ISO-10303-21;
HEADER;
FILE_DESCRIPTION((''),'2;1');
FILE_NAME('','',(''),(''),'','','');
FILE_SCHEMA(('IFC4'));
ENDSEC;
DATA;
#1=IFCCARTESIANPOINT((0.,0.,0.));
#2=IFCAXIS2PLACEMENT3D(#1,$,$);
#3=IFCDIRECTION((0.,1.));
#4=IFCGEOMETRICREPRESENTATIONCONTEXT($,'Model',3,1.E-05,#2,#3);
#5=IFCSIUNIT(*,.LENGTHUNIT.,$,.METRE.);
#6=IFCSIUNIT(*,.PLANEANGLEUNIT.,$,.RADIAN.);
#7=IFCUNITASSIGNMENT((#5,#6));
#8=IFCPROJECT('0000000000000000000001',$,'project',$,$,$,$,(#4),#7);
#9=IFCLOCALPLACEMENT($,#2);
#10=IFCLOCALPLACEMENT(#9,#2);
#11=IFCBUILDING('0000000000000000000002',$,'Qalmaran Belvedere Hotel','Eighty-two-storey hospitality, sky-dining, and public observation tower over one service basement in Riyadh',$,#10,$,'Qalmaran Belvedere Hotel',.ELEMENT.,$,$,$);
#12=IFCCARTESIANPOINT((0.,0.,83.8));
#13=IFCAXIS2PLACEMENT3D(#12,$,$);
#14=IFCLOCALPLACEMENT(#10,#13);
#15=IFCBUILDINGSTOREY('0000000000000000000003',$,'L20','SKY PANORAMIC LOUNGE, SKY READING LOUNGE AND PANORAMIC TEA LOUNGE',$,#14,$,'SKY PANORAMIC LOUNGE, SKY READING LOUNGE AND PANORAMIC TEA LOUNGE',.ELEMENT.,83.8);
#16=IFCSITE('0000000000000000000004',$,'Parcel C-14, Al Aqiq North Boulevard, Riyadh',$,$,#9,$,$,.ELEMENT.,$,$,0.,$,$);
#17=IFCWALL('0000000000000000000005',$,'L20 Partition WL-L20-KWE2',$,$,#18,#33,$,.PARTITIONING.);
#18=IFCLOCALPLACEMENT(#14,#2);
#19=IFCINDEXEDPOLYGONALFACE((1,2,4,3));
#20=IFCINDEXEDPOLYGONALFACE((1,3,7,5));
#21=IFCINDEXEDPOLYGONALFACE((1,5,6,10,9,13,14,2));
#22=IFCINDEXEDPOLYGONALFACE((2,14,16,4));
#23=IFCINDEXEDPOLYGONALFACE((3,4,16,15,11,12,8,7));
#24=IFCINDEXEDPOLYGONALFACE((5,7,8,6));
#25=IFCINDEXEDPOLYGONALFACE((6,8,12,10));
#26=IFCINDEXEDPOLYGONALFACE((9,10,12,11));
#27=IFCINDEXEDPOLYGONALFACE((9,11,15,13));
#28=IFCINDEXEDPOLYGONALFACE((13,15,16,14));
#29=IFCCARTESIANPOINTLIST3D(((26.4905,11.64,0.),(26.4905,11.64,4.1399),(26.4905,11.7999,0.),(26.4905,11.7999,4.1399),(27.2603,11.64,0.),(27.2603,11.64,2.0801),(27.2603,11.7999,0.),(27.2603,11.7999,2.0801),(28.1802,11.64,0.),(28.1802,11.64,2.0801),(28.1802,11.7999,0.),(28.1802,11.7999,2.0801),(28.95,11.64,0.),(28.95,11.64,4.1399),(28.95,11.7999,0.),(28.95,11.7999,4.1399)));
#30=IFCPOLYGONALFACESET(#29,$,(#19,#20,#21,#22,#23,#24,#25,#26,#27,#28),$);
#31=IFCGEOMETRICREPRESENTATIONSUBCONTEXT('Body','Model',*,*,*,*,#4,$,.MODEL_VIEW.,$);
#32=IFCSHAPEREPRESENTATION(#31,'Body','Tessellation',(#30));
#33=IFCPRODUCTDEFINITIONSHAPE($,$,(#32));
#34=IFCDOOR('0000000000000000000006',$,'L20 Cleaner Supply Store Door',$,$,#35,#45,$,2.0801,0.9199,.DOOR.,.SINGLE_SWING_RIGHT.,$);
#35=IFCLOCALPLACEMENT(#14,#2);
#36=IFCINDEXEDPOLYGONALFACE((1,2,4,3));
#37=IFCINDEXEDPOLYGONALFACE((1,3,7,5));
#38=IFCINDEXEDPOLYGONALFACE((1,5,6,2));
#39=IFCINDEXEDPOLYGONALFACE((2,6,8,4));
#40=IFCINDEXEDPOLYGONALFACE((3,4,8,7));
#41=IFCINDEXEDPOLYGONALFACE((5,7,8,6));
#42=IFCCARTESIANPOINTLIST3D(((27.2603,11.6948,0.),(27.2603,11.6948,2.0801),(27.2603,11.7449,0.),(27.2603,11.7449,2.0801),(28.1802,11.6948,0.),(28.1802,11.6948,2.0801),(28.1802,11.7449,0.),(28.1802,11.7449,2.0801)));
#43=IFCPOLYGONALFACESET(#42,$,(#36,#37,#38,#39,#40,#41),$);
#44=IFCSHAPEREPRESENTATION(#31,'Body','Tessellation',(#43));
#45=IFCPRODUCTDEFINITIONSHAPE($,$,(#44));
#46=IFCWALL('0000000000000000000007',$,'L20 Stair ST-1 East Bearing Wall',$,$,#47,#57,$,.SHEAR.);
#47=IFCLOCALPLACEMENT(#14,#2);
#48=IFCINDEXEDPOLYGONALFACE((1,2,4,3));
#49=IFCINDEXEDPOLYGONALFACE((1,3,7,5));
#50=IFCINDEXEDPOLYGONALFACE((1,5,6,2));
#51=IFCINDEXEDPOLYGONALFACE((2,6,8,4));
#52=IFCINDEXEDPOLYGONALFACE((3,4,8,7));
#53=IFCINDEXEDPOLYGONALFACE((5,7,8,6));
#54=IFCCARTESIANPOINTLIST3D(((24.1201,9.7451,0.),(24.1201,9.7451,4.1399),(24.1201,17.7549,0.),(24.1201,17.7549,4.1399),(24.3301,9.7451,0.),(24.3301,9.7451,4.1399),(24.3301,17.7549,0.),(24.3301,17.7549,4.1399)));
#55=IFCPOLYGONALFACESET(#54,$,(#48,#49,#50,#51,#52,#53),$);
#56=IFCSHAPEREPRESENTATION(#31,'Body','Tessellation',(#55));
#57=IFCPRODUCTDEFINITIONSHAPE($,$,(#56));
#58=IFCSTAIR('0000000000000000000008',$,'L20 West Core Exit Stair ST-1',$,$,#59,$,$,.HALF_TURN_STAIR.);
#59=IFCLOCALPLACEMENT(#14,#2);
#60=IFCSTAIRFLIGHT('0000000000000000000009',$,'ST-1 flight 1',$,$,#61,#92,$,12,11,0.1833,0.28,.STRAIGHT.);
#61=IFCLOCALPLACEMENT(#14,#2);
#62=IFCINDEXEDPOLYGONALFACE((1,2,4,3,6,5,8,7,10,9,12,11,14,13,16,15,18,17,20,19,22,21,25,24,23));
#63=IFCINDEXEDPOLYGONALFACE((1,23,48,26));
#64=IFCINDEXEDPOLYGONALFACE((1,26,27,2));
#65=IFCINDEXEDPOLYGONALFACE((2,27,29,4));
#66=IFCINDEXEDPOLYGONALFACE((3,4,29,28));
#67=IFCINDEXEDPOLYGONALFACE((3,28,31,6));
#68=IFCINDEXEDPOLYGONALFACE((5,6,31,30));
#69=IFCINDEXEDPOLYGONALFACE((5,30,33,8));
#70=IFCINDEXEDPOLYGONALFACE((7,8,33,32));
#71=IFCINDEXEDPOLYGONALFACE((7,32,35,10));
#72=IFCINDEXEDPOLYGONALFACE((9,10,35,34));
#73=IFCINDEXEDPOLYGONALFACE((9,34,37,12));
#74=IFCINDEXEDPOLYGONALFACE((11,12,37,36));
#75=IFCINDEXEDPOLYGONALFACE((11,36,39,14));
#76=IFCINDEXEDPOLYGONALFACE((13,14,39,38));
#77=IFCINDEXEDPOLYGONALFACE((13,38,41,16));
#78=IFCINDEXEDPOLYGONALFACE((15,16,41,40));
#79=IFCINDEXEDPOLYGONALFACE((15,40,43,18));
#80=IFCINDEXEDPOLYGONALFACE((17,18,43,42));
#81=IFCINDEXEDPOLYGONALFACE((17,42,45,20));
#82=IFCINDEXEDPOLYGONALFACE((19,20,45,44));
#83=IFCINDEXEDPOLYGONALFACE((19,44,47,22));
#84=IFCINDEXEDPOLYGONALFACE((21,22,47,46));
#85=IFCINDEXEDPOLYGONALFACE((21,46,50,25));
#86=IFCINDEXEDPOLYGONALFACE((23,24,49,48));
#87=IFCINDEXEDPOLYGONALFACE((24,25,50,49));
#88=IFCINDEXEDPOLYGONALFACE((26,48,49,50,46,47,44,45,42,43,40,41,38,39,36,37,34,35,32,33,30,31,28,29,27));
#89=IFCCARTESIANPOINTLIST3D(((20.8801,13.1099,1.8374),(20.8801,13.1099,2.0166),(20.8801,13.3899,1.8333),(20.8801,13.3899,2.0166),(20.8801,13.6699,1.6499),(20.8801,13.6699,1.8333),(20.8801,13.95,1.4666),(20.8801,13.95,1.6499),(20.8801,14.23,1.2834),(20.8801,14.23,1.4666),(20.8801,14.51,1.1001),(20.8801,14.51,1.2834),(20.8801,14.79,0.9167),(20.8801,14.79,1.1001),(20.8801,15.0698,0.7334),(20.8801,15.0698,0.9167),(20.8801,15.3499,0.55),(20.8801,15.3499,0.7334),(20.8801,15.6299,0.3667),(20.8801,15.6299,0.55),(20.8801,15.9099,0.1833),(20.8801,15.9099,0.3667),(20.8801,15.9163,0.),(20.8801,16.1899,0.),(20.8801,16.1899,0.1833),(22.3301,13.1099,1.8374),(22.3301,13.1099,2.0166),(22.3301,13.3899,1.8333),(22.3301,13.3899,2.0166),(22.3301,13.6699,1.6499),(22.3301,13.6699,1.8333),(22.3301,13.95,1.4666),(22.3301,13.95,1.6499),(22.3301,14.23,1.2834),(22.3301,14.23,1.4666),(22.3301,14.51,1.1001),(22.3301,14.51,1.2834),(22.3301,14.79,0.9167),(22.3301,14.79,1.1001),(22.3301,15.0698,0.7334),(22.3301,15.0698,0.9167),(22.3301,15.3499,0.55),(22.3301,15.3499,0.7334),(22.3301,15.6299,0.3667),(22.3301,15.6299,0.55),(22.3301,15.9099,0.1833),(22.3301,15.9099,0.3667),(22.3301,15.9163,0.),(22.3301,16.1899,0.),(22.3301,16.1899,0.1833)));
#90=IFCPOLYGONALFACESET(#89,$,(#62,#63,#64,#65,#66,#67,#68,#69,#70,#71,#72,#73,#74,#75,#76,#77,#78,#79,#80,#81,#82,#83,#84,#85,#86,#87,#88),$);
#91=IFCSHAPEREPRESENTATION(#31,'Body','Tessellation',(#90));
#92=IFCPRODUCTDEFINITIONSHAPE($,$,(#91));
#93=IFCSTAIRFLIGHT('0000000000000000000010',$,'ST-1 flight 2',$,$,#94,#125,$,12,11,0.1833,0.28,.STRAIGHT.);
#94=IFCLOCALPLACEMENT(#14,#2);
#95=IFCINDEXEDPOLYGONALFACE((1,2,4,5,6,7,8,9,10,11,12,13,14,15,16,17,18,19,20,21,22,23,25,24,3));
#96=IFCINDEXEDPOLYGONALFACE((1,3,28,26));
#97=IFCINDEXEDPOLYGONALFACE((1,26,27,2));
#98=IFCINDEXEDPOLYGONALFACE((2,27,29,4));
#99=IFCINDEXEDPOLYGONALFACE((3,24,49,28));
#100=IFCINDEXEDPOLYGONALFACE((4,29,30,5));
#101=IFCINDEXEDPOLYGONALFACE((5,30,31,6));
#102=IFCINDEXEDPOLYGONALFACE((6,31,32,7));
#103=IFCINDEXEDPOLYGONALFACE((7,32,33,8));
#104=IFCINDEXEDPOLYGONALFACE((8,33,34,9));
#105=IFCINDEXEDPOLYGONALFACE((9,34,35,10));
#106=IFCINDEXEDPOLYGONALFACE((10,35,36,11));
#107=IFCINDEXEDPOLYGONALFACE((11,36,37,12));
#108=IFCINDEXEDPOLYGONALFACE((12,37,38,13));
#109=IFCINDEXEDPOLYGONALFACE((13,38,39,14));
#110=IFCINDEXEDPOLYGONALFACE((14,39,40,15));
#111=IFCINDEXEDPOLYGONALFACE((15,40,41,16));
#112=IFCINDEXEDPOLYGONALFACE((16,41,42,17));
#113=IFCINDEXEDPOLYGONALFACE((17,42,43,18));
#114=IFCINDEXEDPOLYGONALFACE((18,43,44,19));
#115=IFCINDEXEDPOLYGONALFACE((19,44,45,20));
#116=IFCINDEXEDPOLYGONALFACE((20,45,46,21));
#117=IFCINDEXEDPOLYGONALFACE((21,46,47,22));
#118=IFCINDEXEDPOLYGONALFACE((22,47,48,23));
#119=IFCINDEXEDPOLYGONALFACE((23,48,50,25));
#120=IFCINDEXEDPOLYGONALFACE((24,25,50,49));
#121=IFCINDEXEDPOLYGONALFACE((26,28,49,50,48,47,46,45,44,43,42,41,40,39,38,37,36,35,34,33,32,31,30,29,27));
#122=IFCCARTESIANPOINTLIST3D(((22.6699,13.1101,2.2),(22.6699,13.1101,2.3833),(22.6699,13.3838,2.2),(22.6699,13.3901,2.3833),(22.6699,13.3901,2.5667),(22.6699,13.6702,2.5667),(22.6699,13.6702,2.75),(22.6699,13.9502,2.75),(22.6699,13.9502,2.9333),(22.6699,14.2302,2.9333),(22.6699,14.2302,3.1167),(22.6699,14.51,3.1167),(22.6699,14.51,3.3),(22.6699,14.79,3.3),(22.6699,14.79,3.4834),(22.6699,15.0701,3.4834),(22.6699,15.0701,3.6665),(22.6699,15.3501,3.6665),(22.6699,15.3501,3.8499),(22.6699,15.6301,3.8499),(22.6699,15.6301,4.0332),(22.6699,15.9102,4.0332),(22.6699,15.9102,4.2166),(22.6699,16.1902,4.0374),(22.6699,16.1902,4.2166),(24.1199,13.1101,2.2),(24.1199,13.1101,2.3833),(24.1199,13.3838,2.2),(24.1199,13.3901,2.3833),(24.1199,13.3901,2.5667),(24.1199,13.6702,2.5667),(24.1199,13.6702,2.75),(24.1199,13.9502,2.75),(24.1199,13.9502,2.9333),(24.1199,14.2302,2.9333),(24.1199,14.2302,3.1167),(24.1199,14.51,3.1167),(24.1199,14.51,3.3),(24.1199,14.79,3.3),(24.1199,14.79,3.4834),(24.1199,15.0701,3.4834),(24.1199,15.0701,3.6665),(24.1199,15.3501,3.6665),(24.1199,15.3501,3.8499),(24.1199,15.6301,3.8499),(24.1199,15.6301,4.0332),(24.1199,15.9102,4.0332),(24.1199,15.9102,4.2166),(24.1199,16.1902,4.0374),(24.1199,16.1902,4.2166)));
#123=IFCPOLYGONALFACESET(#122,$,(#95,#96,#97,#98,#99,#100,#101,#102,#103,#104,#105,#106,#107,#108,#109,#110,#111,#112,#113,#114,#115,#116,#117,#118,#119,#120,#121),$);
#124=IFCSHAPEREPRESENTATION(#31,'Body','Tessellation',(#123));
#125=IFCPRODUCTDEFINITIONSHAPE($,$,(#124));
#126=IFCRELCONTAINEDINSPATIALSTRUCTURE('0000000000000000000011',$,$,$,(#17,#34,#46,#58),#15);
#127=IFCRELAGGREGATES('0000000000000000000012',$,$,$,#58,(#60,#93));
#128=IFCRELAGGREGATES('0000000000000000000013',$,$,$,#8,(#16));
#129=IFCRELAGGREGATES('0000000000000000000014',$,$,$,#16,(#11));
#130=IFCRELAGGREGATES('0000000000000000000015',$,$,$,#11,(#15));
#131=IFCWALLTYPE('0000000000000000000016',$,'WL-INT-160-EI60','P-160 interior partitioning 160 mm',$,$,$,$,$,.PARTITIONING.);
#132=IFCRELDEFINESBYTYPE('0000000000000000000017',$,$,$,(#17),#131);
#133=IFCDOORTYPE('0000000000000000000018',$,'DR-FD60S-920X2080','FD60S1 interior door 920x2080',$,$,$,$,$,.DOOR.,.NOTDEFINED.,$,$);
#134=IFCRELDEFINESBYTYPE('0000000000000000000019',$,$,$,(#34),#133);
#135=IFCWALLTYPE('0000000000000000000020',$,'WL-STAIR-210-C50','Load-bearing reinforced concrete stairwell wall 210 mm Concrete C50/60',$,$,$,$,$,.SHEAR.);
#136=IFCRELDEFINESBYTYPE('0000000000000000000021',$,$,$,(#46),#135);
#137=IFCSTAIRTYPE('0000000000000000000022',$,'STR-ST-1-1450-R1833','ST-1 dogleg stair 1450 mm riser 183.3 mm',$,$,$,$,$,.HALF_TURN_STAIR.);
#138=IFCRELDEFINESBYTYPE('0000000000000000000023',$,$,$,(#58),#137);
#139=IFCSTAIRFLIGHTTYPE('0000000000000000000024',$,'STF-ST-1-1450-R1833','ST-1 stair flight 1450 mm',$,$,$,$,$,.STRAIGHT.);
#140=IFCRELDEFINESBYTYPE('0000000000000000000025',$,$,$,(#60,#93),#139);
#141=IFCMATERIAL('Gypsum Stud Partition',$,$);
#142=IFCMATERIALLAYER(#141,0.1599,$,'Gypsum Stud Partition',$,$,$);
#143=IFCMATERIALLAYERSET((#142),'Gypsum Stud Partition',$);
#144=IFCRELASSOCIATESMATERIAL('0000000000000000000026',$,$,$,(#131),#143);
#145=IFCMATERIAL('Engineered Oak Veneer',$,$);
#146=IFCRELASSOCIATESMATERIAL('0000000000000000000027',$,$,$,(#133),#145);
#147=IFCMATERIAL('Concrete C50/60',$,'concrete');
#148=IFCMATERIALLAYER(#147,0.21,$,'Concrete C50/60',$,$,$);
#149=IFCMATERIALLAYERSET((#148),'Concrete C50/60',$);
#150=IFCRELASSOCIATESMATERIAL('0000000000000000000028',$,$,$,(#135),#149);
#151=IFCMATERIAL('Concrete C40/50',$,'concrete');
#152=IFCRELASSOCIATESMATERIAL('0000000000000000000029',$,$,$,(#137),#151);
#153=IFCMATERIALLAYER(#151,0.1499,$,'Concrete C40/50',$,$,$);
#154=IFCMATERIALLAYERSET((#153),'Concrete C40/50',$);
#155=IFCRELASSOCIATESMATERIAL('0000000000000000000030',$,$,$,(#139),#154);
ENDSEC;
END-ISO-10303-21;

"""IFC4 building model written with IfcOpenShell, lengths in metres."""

from ifc_helpers import new_model, si_unit, direction, frame, frame_2d, origin, place, context, subcontext, project, spatial, polyline, rectangle, outline, extrude, material, layer, layer_set, type_object, element, fill, aggregate, save


model = new_model("IFC4")

# Units and contexts
model_context = context("Model", 3, precision=1e-05, world=origin(), true_north=direction((0.0, 1.0)))
body_context = subcontext(model_context, "Body", "Model", "MODEL_VIEW")
ifc_project = project(units=[si_unit("LENGTHUNIT", "METRE"), si_unit("PLANEANGLEUNIT", "RADIAN")], contexts=[model_context])

# Site, building, storey
site_placement = place(None, origin())
site = spatial("IfcSite", under=ifc_project, at=site_placement, Name="Parcel C-14, Al Aqiq North Boulevard, Riyadh", CompositionType="ELEMENT", RefElevation=0.0)
building_placement = place(site_placement, origin())
building = spatial("IfcBuilding", under=site, at=building_placement, Name="Qalmaran Belvedere Hotel", Description="Eighty-two-storey hospitality, sky-dining, and public observation tower over one service basement in Riyadh", LongName="Qalmaran Belvedere Hotel", CompositionType="ELEMENT")
storey_placement = place(building_placement, frame((0.0, 0.0, 83.8)))
storey = spatial("IfcBuildingStorey", under=building, at=storey_placement, Name="L20", Description="SKY PANORAMIC LOUNGE, SKY READING LOUNGE AND PANORAMIC TEA LOUNGE", LongName="SKY PANORAMIC LOUNGE, SKY READING LOUNGE AND PANORAMIC TEA LOUNGE", CompositionType="ELEMENT", Elevation=83.8)

# Shared definitions
ifc_material_1 = material(Name="Gypsum Stud Partition")

# Wall, opening, door
ifc_layer_1 = layer(ifc_material_1, 0.1599, Name="Gypsum Stud Partition")
ifc_layer_set_1 = layer_set([ifc_layer_1], Name="Gypsum Stud Partition")
wall_type_1 = type_object("IfcWallType", Name="WL-INT-160-EI60", Description="P-160 interior partitioning 160 mm", PredefinedType="PARTITIONING", material=ifc_layer_set_1)
ifc_material_2 = material(Name="Engineered Oak Veneer")
door_type_1 = type_object("IfcDoorType", Name="DR-FD60S-920X2080", Description="FD60S1 interior door 920x2080", OperationType="NOTDEFINED", PredefinedType="DOOR", material=ifc_material_2)
wall_1_placement = place(storey_placement, frame((26.4905, 11.72, 0.0), z_axis=(0.0, 0.0, 1.0), x_axis=(1.0, 0.0, 0.0)))
wall_1 = element("IfcWall", 1, at=wall_1_placement, inside=storey, type_object=wall_type_1, Name="L20 Partition WL-L20-KWE2", PredefinedType="PARTITIONING", context=body_context, shape_type="SweptSolid", body=[
    extrude(rectangle(XDim=2.4595, YDim=0.1599, at=frame_2d((1.2297, 0.0))), origin(), (0.0, 0.0, 1.0), 4.1399),
])
opening_1_placement = place(wall_1_placement, frame((0.7698, 0.0, 0.0)))
opening_1 = element("IfcOpeningElement", 2, at=opening_1_placement, cuts=wall_1, PredefinedType="OPENING", context=body_context, shape_type="SweptSolid", body=[
    extrude(rectangle(XDim=0.9199, YDim=2.0801, at=frame_2d((0.46, 1.04))), frame((0.0, 0.0898, 0.0), z_axis=(0.0, -1.0, 0.0), x_axis=(1.0, 0.0, 0.0)), (0.0, 0.0, 1.0), 0.1799),
])
door_1_placement = place(opening_1_placement, origin())
door_1 = element("IfcDoor", 3, at=door_1_placement, inside=storey, type_object=door_type_1, Name="L20 Cleaner Supply Store Door", OperationType="SINGLE_SWING_RIGHT", OverallHeight=2.0801, OverallWidth=0.9199, PredefinedType="DOOR", context=body_context, shape_type="SweptSolid", body=[
    extrude(rectangle(XDim=0.9199, YDim=2.0801, at=frame_2d((0.46, 1.04))), frame((0.0, 0.0249, 0.0), z_axis=(0.0, -1.0, 0.0), x_axis=(1.0, 0.0, 0.0)), (0.0, 0.0, 1.0), 0.05),
])
fill(opening_1, door_1)

# Wall
ifc_material_3 = material(Name="Concrete C50/60", Category="concrete")
ifc_layer_2 = layer(ifc_material_3, 0.21, Name="Concrete C50/60")
ifc_layer_set_2 = layer_set([ifc_layer_2], Name="Concrete C50/60")
wall_type_2 = type_object("IfcWallType", Name="WL-STAIR-210-C50", Description="Load-bearing reinforced concrete stairwell wall 210 mm Concrete C50/60", PredefinedType="SHEAR", material=ifc_layer_set_2)
wall_2_placement = place(storey_placement, frame((24.2251, 9.7451, 0.0), z_axis=(0.0, 0.0, 1.0), x_axis=(0.0, 1.0, 0.0)))
element("IfcWall", 4, at=wall_2_placement, inside=storey, type_object=wall_type_2, Name="L20 Stair ST-1 East Bearing Wall", PredefinedType="SHEAR", context=body_context, shape_type="SweptSolid", body=[
    extrude(rectangle(XDim=8.0098, YDim=0.21, at=frame_2d((4.0049, 0.0))), origin(), (0.0, 0.0, 1.0), 4.1399),
])

# Stair, stair flights
ifc_material_4 = material(Name="Concrete C40/50", Category="concrete")
stair_type = type_object("IfcStairType", Name="STR-ST-1-1450-R1833", Description="ST-1 dogleg stair 1450 mm riser 183.3 mm", PredefinedType="HALF_TURN_STAIR", material=ifc_material_4)
stair_placement = place(storey_placement, origin())
stair = element("IfcStair", 5, at=stair_placement, inside=storey, type_object=stair_type, Name="L20 West Core Exit Stair ST-1", PredefinedType="HALF_TURN_STAIR")
ifc_layer_3 = layer(ifc_material_4, 0.1499, Name="Concrete C40/50")
ifc_layer_set_3 = layer_set([ifc_layer_3], Name="Concrete C40/50")
stair_flight_type = type_object("IfcStairFlightType", Name="STF-ST-1-1450-R1833", Description="ST-1 stair flight 1450 mm", PredefinedType="STRAIGHT", material=ifc_layer_set_3)
stair_flight_1_placement = place(storey_placement, frame((21.605, 16.1899, 0.0), z_axis=(0.0, 0.0, 1.0), x_axis=(0.0, -1.0, 0.0)))
stair_flight_1 = element("IfcStairFlight", 6, at=stair_flight_1_placement, type_object=stair_flight_type, Name="ST-1 flight 1", NumberOfRisers=12, NumberOfTreads=11, PredefinedType="STRAIGHT", RiserHeight=0.1833, TreadLength=0.28, context=body_context, shape_type="SweptSolid", body=[
    extrude(outline(polyline([(0.0, 0.0), (0.0, 0.1833), (0.28, 0.1833), (0.28, 0.3667), (0.5601, 0.3667), (0.5601, 0.55), (0.8401, 0.55), (0.8401, 0.7334), (1.1201, 0.7334), (1.1201, 0.9167), (1.3999, 0.9167), (1.3999, 1.1001), (1.6799, 1.1001), (1.6799, 1.2834), (1.96, 1.2834), (1.96, 1.4666), (2.24, 1.4666), (2.24, 1.6499), (2.52, 1.6499), (2.52, 1.8333), (2.8, 1.8333), (2.8, 2.0166), (3.0801, 2.0166), (3.0801, 2.2), (3.0801, 1.8374), (0.2737, 0.0), (0.0, 0.0)])), frame((0.0, 0.7251, 0.0), z_axis=(0.0, -1.0, 0.0), x_axis=(1.0, 0.0, 0.0)), (0.0, 0.0, 1.0), 1.45),
])
stair_flight_2_placement = place(storey_placement, frame((23.395, 13.1101, 2.2), z_axis=(0.0, 0.0, 1.0), x_axis=(0.0, 1.0, 0.0)))
stair_flight_2 = element("IfcStairFlight", 7, at=stair_flight_2_placement, type_object=stair_flight_type, Name="ST-1 flight 2", NumberOfRisers=12, NumberOfTreads=11, PredefinedType="STRAIGHT", RiserHeight=0.1833, TreadLength=0.28, context=body_context, shape_type="SweptSolid", body=[
    extrude(outline(polyline([(0.0, 0.0), (0.0, 0.1833), (0.28, 0.1833), (0.28, 0.3667), (0.5601, 0.3667), (0.5601, 0.55), (0.8401, 0.55), (0.8401, 0.7334), (1.1201, 0.7334), (1.1201, 0.9167), (1.3999, 0.9167), (1.3999, 1.1001), (1.6799, 1.1001), (1.6799, 1.2834), (1.96, 1.2834), (1.96, 1.4666), (2.24, 1.4666), (2.24, 1.6499), (2.52, 1.6499), (2.52, 1.8333), (2.8, 1.8333), (2.8, 2.0166), (3.0801, 2.0166), (3.0801, 2.2), (3.0801, 1.8374), (0.2737, 0.0), (0.0, 0.0)])), frame((0.0, 0.7251, 0.0), z_axis=(0.0, -1.0, 0.0), x_axis=(1.0, 0.0, 0.0)), (0.0, 0.0, 1.0), 1.45),
])
aggregate(stair, [stair_flight_1, stair_flight_2])

save(model, "model.ifc")
